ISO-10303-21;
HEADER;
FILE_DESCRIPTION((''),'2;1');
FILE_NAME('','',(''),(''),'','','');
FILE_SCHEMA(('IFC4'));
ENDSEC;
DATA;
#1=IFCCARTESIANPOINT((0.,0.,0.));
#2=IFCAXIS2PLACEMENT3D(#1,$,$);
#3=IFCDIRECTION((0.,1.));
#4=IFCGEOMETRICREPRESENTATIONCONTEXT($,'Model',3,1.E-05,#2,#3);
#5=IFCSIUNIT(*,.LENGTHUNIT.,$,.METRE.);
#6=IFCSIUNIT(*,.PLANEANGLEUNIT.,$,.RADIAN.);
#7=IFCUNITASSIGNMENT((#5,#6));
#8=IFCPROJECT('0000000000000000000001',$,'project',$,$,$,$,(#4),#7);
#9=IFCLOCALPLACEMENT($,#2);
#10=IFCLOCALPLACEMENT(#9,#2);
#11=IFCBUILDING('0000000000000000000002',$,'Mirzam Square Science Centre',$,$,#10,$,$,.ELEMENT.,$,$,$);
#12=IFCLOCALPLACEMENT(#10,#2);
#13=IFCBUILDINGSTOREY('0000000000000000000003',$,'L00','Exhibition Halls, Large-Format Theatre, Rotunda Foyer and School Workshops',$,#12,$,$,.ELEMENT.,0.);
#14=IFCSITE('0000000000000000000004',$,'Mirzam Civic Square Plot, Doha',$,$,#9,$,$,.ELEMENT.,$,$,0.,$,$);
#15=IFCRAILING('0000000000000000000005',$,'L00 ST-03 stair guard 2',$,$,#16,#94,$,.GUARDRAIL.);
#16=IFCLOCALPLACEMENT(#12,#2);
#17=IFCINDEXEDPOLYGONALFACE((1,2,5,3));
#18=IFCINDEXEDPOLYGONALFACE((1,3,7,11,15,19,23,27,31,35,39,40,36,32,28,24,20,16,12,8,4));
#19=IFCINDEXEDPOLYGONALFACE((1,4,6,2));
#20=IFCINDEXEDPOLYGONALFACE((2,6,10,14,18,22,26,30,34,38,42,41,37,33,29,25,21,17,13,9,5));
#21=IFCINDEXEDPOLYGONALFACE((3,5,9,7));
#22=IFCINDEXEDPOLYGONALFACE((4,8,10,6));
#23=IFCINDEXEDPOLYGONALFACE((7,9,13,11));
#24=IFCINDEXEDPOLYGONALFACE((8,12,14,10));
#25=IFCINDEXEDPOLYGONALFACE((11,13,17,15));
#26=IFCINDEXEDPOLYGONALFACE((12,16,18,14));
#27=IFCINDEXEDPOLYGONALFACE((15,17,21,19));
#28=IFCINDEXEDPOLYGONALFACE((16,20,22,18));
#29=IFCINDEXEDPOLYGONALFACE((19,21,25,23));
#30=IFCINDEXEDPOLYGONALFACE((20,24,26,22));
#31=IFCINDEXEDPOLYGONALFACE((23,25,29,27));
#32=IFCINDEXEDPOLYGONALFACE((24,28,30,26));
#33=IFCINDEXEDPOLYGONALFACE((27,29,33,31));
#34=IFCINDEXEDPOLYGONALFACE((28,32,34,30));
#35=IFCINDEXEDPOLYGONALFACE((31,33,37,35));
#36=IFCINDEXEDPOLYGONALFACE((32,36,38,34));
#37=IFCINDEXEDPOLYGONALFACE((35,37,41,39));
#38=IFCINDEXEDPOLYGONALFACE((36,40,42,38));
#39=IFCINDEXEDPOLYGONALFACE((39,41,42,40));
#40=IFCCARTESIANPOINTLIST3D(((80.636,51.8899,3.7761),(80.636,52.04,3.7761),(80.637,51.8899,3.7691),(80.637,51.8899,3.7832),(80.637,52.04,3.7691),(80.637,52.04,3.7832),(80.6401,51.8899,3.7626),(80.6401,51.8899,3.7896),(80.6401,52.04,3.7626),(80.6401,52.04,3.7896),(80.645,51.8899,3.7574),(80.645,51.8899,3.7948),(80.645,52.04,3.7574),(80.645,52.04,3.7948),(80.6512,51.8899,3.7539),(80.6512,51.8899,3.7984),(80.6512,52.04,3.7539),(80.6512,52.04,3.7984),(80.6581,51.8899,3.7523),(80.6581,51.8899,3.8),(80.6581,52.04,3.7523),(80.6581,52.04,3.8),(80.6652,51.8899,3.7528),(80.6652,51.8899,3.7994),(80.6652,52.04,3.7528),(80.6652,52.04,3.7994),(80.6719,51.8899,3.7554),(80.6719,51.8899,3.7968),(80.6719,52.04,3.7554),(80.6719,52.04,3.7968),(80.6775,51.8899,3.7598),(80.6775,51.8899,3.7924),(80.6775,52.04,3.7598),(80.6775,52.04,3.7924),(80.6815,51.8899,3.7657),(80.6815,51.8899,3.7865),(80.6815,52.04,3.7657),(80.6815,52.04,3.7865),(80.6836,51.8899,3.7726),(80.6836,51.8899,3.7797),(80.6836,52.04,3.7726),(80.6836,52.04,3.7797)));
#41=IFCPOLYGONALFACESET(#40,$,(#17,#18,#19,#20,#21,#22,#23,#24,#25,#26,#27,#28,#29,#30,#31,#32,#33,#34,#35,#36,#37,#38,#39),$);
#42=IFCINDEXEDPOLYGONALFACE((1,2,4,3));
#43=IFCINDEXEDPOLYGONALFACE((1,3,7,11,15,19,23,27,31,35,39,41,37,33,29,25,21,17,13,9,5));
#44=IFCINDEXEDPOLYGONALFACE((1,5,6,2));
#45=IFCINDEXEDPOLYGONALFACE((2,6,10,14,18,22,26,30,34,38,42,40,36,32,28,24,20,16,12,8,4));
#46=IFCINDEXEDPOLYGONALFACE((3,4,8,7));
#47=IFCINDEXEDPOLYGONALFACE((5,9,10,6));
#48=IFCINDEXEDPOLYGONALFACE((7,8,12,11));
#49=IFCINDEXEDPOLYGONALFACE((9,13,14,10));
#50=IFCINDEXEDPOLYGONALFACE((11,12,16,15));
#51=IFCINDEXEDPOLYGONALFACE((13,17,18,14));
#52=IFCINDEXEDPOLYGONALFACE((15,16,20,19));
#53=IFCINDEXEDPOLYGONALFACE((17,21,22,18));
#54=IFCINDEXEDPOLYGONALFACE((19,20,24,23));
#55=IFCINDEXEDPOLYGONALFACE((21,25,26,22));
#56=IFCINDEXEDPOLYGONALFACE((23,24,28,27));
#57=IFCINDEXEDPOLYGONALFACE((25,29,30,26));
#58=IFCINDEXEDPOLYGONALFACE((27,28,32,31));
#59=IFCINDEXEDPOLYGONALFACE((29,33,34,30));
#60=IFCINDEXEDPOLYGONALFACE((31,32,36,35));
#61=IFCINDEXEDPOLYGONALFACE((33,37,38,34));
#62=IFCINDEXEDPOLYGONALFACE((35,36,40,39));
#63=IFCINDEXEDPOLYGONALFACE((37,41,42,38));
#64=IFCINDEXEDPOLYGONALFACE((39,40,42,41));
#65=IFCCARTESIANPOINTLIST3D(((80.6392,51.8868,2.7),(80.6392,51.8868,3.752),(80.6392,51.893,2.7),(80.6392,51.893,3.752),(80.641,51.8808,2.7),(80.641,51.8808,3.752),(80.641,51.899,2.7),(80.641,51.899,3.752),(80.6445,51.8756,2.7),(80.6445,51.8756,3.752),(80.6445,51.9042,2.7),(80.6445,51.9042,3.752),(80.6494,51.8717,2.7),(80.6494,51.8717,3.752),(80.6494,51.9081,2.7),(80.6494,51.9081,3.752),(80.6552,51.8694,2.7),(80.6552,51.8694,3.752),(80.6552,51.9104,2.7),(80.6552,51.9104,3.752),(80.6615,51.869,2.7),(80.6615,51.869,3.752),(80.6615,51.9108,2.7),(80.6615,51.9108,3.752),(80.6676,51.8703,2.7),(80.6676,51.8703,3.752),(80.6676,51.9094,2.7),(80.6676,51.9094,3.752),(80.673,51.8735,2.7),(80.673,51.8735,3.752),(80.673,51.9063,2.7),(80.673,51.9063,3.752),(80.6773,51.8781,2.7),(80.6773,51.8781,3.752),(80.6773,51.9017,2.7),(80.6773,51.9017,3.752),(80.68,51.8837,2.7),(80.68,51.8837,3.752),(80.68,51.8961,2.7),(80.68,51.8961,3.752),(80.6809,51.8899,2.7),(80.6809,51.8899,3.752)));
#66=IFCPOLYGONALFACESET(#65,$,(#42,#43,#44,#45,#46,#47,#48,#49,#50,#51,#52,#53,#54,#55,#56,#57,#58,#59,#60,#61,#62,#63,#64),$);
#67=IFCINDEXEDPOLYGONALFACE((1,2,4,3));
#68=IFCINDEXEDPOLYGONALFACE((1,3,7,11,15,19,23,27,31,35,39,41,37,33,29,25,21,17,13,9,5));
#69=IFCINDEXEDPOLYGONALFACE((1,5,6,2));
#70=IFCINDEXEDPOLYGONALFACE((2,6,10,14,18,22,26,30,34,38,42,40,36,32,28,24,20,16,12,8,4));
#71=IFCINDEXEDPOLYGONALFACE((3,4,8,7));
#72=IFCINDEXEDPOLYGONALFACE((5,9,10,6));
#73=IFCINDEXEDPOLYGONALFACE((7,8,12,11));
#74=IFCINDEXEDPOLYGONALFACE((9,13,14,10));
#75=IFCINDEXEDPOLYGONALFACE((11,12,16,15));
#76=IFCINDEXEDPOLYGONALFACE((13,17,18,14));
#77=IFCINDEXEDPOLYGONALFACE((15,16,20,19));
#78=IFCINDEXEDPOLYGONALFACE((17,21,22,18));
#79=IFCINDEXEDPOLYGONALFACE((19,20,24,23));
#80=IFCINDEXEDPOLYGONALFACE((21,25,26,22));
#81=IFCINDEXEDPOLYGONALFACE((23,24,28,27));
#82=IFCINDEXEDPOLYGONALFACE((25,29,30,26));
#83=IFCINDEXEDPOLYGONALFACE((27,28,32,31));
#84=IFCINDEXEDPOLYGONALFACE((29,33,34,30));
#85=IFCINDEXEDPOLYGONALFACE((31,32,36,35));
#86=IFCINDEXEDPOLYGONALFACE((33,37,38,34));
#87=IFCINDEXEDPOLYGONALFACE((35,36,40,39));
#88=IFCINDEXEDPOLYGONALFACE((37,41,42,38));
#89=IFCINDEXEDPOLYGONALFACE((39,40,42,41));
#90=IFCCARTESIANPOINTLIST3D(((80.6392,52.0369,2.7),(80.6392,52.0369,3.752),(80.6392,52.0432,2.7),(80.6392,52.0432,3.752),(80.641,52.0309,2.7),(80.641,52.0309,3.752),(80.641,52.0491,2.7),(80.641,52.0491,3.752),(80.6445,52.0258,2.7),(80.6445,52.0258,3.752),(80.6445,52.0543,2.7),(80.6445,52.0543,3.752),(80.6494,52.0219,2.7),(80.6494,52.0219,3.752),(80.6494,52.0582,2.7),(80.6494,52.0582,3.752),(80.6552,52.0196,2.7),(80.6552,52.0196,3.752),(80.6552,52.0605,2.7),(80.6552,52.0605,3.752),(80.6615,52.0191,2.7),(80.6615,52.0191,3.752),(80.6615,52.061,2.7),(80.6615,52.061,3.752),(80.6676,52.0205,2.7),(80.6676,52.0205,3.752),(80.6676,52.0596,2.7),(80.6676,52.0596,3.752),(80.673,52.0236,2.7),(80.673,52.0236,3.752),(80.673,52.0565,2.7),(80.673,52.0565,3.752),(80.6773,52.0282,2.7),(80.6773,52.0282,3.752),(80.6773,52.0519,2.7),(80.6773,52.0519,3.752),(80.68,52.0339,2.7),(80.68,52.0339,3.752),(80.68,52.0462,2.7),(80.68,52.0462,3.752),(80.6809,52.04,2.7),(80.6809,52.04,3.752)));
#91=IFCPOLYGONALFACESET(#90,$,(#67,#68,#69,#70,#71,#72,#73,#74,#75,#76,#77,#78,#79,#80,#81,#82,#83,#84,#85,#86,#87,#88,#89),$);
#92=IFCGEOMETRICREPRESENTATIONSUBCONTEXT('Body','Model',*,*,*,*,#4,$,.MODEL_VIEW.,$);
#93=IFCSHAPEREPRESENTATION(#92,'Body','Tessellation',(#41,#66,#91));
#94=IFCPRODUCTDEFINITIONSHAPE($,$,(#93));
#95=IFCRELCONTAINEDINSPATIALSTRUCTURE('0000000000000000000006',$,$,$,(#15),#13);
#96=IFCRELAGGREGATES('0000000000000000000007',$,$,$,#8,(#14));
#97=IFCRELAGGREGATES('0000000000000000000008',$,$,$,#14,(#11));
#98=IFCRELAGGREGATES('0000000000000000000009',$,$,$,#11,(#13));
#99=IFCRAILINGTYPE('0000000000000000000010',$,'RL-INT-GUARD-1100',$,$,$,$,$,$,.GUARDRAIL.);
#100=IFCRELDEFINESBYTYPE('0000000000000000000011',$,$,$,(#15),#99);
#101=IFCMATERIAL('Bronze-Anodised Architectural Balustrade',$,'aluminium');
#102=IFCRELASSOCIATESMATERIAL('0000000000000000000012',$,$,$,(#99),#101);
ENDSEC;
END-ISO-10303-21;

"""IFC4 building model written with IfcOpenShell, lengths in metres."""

from ifc_helpers import new_model, si_unit, direction, frame, origin, origin_2d, place, context, subcontext, project, spatial, circle, extrude, material, type_object, element, save


model = new_model("IFC4")

# Units and contexts
model_context = context("Model", 3, precision=1e-05, world=origin(), true_north=direction((0.0, 1.0)))
body_context = subcontext(model_context, "Body", "Model", "MODEL_VIEW")
ifc_project = project(units=[si_unit("LENGTHUNIT", "METRE"), si_unit("PLANEANGLEUNIT", "RADIAN")], contexts=[model_context])

# Site, building, storey
site_placement = place(None, origin())
site = spatial("IfcSite", under=ifc_project, at=site_placement, Name="Mirzam Civic Square Plot, Doha", CompositionType="ELEMENT", RefElevation=0.0)
building_placement = place(site_placement, origin())
building = spatial("IfcBuilding", under=site, at=building_placement, Name="Mirzam Square Science Centre", CompositionType="ELEMENT")
storey_placement = place(building_placement, origin())
storey = spatial("IfcBuildingStorey", under=building, at=storey_placement, Name="L00", Description="Exhibition Halls, Large-Format Theatre, Rotunda Foyer and School Workshops", CompositionType="ELEMENT", Elevation=0.0)

# Railing
ifc_material_1 = material(Name="Bronze-Anodised Architectural Balustrade", Category="aluminium")
railing_type_1 = type_object("IfcRailingType", Name="RL-INT-GUARD-1100", PredefinedType="GUARDRAIL", material=ifc_material_1)
railing_1_placement = place(storey_placement, frame((80.6599, 51.8899, 2.7)))
element("IfcRailing", 1, at=railing_1_placement, inside=storey, type_object=railing_type_1, Name="L00 ST-03 stair guard 2", PredefinedType="GUARDRAIL", context=body_context, shape_type="SweptSolid", body=[
    extrude(circle(Radius=0.0239, at=origin_2d()), frame((0.0, 0.0, 1.0762), z_axis=(0.0, 1.0, 0.0), x_axis=(-1.0, 0.0, 0.0)), (0.0, 0.0, 1.0), 0.1501),
    extrude(circle(Radius=0.021, at=origin_2d()), origin(), (0.0, 0.0, 1.0), 1.052),
    extrude(circle(Radius=0.021, at=origin_2d()), frame((0.0, 0.1501, 0.0)), (0.0, 0.0, 1.0), 1.052),
])

save(model, "model.ifc")
